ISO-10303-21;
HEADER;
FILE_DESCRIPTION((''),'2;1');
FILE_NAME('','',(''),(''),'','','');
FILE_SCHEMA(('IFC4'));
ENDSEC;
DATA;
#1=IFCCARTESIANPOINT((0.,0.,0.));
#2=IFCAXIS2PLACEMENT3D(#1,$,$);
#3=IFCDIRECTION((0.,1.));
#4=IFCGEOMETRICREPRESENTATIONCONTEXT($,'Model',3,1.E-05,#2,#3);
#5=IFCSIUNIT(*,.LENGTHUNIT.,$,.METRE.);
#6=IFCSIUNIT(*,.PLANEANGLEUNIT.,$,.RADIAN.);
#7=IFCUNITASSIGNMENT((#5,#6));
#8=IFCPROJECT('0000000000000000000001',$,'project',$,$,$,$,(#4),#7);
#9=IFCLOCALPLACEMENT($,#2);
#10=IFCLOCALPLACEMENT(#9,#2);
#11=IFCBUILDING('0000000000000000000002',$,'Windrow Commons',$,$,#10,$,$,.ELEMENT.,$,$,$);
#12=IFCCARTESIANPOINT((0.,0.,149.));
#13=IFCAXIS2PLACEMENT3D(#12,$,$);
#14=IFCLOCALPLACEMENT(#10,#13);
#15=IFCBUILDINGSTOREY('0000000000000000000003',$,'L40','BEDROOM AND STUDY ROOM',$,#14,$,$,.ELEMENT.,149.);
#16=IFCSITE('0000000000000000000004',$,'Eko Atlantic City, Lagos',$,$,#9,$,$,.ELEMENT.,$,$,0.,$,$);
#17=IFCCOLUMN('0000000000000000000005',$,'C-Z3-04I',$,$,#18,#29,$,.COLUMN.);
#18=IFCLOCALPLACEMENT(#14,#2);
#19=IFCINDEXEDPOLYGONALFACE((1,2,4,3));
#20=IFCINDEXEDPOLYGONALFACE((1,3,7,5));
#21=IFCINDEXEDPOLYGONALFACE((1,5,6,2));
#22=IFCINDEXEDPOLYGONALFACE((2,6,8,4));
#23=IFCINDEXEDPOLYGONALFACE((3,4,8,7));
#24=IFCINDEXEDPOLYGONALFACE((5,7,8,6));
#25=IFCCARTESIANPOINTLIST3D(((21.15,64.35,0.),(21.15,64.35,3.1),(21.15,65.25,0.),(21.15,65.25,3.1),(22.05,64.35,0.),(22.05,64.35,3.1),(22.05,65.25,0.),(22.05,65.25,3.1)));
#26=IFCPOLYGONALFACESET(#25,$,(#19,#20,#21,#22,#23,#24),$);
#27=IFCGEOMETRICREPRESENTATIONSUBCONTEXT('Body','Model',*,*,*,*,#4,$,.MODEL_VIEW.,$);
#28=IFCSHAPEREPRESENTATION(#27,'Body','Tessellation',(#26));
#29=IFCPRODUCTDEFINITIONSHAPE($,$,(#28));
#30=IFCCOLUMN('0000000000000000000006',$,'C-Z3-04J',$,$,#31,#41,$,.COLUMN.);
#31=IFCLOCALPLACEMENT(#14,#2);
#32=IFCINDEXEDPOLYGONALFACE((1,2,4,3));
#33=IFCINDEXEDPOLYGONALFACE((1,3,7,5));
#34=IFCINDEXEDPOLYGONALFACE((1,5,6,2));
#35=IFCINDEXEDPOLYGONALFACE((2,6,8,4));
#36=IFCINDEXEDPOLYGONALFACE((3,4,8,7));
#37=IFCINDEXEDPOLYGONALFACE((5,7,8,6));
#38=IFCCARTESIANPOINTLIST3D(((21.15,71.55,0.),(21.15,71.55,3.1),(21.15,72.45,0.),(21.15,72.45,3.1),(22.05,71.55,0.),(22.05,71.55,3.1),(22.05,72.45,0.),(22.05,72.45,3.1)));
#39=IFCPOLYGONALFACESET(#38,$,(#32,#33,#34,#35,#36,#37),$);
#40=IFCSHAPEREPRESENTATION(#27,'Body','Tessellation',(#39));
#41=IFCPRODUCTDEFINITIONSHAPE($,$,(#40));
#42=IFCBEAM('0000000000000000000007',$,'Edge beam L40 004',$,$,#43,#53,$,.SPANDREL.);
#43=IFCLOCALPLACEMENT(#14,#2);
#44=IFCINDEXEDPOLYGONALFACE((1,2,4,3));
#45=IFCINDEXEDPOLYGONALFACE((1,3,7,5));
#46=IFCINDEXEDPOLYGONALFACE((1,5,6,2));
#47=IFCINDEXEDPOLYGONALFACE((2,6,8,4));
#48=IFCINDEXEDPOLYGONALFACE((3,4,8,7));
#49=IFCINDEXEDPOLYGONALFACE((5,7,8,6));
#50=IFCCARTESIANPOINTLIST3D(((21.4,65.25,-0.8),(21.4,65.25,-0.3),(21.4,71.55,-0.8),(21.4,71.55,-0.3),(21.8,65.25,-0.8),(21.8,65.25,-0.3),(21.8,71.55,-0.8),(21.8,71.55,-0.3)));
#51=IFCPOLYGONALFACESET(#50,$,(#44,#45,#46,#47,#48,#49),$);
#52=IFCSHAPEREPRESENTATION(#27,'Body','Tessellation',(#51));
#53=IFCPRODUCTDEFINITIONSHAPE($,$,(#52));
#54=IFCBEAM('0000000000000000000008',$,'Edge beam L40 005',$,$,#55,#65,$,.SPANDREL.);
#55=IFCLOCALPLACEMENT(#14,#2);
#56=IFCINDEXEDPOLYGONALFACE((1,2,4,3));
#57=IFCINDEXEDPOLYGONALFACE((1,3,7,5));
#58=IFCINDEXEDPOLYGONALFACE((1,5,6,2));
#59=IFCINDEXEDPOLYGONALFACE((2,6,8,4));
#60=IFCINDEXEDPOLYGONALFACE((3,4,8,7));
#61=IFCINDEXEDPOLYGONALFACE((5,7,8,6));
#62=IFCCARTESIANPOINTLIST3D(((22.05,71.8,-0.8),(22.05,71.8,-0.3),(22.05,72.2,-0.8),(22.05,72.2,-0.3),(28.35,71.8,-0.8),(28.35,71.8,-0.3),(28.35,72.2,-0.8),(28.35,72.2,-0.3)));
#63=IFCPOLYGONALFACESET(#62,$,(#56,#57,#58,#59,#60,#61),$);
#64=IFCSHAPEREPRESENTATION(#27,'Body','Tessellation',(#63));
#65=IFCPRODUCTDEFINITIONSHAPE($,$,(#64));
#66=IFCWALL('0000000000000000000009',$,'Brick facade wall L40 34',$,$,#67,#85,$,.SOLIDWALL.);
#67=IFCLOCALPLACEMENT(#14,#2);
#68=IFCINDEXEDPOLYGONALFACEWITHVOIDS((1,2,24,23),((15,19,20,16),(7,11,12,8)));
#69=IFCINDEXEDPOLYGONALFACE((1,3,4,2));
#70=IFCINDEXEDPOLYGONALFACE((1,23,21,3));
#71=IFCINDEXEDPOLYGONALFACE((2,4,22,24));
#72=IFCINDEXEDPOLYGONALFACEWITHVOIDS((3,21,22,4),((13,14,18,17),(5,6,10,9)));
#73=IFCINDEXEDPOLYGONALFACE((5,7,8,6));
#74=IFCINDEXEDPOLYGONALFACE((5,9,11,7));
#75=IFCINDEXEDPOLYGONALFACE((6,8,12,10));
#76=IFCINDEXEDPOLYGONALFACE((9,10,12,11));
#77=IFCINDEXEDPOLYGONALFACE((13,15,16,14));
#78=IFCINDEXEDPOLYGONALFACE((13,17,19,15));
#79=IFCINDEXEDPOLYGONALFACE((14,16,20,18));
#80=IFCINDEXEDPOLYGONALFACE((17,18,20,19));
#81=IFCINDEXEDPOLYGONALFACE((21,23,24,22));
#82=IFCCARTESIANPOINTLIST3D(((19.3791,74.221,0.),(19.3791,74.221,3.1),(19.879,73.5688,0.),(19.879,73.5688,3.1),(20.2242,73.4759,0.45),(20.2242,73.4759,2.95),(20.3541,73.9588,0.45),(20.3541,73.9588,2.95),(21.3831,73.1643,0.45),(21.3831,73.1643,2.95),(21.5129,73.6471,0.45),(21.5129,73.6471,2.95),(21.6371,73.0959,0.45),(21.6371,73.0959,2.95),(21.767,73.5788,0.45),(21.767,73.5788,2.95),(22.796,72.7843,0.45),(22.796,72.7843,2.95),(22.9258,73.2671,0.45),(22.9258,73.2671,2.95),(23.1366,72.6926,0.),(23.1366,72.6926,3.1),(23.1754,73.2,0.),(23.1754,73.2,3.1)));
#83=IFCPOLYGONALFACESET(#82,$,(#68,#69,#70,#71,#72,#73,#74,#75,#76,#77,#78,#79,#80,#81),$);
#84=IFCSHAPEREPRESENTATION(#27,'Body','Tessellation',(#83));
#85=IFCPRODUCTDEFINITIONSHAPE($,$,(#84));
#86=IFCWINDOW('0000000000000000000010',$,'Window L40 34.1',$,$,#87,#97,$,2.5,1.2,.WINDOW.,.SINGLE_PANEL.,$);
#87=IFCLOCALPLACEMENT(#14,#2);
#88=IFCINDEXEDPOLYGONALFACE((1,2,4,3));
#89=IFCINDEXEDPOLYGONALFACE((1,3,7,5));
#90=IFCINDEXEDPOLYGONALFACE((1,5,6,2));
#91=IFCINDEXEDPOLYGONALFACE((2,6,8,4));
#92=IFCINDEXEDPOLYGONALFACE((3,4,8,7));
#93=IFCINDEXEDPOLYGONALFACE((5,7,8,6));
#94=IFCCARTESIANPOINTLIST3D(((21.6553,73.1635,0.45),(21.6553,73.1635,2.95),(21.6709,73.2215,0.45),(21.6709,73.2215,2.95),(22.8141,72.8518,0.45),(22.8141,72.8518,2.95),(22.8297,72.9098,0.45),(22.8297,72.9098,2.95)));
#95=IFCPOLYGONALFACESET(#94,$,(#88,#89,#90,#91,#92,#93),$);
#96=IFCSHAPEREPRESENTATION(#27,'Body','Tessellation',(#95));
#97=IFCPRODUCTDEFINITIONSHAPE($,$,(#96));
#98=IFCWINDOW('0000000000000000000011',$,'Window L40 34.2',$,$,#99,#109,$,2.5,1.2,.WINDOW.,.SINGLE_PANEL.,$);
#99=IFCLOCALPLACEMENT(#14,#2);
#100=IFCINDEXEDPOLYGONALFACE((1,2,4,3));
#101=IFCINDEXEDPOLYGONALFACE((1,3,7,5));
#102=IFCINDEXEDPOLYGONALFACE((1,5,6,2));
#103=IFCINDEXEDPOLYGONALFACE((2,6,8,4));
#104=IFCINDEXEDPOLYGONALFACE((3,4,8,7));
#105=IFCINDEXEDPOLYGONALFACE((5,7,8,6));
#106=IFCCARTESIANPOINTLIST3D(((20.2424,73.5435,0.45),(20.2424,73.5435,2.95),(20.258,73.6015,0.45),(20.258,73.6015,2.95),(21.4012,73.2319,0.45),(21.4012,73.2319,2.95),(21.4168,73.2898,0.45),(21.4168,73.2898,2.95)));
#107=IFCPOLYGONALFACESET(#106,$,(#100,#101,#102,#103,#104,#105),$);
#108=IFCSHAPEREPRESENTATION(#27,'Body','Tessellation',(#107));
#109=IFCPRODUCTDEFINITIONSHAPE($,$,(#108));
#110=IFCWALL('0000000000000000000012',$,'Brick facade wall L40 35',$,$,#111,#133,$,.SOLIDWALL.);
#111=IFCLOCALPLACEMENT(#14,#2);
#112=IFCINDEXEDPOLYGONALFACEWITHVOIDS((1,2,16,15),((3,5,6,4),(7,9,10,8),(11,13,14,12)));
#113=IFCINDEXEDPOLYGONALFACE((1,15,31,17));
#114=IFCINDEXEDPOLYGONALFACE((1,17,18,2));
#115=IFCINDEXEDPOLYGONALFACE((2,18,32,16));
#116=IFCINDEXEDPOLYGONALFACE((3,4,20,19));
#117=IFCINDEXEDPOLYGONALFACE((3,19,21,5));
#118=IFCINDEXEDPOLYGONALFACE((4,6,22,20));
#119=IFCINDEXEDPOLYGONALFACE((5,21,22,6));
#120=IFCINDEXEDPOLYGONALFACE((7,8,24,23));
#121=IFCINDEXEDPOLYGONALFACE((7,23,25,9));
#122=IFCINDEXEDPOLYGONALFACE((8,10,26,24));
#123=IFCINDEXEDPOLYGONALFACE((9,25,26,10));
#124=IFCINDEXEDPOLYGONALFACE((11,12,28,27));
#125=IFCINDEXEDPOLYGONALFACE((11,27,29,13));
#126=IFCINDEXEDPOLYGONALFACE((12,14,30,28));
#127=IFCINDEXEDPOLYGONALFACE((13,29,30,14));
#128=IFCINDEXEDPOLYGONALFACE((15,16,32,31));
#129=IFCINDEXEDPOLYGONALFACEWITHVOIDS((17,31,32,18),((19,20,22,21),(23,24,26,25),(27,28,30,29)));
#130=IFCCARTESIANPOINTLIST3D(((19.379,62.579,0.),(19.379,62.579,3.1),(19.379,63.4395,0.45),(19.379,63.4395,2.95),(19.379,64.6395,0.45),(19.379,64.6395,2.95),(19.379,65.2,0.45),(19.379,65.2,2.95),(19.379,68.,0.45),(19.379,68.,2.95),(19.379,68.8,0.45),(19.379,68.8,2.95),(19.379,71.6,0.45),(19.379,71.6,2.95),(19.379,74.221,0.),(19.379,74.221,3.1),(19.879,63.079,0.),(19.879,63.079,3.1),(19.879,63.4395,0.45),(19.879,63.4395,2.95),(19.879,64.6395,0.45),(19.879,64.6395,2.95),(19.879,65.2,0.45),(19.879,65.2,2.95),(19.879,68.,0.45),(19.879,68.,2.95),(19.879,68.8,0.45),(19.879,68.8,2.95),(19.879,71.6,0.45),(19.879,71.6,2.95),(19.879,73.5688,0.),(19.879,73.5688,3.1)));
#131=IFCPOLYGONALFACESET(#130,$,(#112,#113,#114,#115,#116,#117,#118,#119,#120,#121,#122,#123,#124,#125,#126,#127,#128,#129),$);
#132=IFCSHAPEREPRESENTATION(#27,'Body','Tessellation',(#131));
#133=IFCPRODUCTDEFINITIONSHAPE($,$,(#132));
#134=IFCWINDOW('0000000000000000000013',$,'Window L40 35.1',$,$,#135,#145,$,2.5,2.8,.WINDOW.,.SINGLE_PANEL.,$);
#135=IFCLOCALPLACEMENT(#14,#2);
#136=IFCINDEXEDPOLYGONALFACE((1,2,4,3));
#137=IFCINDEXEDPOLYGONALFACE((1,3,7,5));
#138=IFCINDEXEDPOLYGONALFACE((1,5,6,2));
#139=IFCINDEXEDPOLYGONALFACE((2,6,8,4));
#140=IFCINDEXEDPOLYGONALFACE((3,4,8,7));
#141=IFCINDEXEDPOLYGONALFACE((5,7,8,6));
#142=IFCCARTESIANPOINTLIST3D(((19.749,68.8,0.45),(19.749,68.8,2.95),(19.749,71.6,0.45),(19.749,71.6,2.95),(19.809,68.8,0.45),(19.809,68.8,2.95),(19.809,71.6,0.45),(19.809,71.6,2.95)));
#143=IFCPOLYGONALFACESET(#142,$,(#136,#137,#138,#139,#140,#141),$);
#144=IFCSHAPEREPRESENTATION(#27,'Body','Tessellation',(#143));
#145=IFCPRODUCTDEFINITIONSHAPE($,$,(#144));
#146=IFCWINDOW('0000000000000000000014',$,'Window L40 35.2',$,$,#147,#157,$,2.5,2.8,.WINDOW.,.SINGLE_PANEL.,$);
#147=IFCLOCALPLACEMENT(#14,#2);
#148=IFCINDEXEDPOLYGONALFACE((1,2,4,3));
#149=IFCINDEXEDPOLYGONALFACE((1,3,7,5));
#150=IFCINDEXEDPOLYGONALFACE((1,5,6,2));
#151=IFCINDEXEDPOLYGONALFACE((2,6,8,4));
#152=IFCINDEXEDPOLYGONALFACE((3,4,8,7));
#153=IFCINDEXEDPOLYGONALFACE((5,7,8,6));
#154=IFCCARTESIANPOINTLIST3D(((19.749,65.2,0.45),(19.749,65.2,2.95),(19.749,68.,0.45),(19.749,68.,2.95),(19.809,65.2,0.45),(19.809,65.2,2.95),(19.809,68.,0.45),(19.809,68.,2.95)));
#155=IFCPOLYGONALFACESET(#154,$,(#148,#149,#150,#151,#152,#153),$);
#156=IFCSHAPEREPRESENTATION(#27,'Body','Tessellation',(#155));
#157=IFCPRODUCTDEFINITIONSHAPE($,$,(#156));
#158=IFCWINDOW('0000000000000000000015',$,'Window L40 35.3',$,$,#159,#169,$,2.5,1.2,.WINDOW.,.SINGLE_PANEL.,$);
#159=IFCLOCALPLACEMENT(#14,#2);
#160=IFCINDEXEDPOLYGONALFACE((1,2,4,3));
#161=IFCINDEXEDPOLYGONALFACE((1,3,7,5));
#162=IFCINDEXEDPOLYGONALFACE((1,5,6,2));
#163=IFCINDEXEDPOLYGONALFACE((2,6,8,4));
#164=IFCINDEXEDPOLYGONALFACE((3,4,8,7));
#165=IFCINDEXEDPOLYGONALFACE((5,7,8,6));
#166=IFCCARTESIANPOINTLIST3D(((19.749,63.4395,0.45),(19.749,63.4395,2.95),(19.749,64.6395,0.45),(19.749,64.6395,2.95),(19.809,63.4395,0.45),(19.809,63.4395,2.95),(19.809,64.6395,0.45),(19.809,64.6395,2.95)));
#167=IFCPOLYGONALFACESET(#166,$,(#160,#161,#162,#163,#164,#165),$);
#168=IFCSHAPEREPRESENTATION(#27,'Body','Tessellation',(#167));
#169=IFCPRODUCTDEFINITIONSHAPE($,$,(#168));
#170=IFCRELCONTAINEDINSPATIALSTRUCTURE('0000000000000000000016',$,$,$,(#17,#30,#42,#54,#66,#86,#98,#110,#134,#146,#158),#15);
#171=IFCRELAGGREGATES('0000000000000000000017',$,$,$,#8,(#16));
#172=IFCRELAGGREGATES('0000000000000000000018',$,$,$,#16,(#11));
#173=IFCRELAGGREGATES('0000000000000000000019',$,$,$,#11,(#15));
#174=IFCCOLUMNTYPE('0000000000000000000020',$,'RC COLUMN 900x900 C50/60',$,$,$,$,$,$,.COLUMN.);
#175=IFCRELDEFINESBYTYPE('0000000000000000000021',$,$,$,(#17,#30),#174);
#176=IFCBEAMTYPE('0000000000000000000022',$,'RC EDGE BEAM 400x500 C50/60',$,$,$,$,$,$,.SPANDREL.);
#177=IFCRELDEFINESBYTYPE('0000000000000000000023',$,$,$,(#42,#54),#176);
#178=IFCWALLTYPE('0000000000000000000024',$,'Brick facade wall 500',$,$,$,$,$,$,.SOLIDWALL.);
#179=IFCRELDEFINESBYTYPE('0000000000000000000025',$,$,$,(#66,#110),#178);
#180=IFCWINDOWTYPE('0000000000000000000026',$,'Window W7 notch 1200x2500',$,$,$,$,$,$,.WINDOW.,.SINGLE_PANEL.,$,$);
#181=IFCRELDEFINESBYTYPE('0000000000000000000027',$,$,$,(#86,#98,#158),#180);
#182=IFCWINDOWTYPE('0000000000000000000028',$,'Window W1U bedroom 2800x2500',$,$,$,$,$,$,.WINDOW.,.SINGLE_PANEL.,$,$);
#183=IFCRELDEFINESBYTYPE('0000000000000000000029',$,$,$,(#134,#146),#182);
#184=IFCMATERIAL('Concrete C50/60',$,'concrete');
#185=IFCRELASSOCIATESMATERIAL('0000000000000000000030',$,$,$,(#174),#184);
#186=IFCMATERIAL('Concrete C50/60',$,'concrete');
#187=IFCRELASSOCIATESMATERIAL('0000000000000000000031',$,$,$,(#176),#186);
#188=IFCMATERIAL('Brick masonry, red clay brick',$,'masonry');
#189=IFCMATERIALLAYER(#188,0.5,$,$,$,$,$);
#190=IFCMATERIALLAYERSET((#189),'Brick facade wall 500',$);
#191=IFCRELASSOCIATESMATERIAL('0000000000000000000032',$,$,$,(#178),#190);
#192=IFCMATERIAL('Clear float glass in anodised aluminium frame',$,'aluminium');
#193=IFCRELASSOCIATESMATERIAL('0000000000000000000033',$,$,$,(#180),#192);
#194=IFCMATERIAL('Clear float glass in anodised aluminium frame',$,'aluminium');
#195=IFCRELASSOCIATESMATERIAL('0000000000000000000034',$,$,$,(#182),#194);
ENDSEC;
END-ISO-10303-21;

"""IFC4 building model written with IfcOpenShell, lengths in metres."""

from ifc_helpers import new_model, si_unit, direction, frame, frame_2d, origin, origin_2d, place, context, subcontext, project, spatial, polyline, rectangle, outline, extrude, material, layer, layer_set, material_profile, profile_set, type_object, element, fill, save


model = new_model("IFC4")

# Units and contexts
model_context = context("Model", 3, precision=1e-05, world=origin(), true_north=direction((0.0, 1.0)))
body_context = subcontext(model_context, "Body", "Model", "MODEL_VIEW")
ifc_project = project(units=[si_unit("LENGTHUNIT", "METRE"), si_unit("PLANEANGLEUNIT", "RADIAN")], contexts=[model_context])

# Site, building, storey
site_placement = place(None, origin())
site = spatial("IfcSite", under=ifc_project, at=site_placement, Name="Eko Atlantic City, Lagos", CompositionType="ELEMENT", RefElevation=0.0)
building_placement = place(site_placement, origin())
building = spatial("IfcBuilding", under=site, at=building_placement, Name="Windrow Commons", CompositionType="ELEMENT")
storey_placement = place(building_placement, frame((0.0, 0.0, 149.0)))
storey = spatial("IfcBuildingStorey", under=building, at=storey_placement, Name="L40", Description="BEDROOM AND STUDY ROOM", CompositionType="ELEMENT", Elevation=149.0)

# Columns
ifc_material_1 = material(Name="Concrete C50/60", Category="concrete")
ifc_material_profile_1 = material_profile(ifc_material_1, rectangle(XDim=0.9, YDim=0.9, at=origin_2d()))
ifc_profile_set_1 = profile_set([ifc_material_profile_1], Name="Concrete C50/60")
column_type = type_object("IfcColumnType", Name="RC COLUMN 900x900 C50/60", PredefinedType="COLUMN", material=ifc_profile_set_1)
for number, where, z_axis, x_axis, name in (
    (1, (21.6, 64.8, 0.0), (0.0, 0.0, 1.0), (1.0, 0.0, 0.0), "C-Z3-04I"),
    (2, (21.6, 72.0, 0.0), (0.0, 0.0, 1.0), (1.0, 0.0, 0.0), "C-Z3-04J"),
):
    element("IfcColumn", number, at=place(storey_placement, frame(where, z_axis=z_axis, x_axis=x_axis)), inside=storey, type_object=column_type, Name=name, PredefinedType="COLUMN", context=body_context, shape_type="SweptSolid", body=[
        extrude(rectangle(XDim=0.9, YDim=0.9, at=origin_2d()), origin(), (0.0, 0.0, 1.0), 3.1),
    ])

# Beams
ifc_material_2 = material(Name="Concrete C50/60", Category="concrete")
ifc_material_profile_2 = material_profile(ifc_material_2, rectangle(XDim=0.4, YDim=0.5, at=origin_2d()))
ifc_profile_set_2 = profile_set([ifc_material_profile_2], Name="Concrete C50/60")
beam_type = type_object("IfcBeamType", Name="RC EDGE BEAM 400x500 C50/60", PredefinedType="SPANDREL", material=ifc_profile_set_2)
for number, where, z_axis, x_axis, name in (
    (3, (21.6, 65.25, -0.55), (0.0, 1.0, 0.0), (-1.0, 0.0, 0.0), "Edge beam L40 004"),
    (4, (22.05, 72.0, -0.55), (1.0, 0.0, 0.0), (0.0, 1.0, 0.0), "Edge beam L40 005"),
):
    element("IfcBeam", number, at=place(storey_placement, frame(where, z_axis=z_axis, x_axis=x_axis)), inside=storey, type_object=beam_type, Name=name, PredefinedType="SPANDREL", context=body_context, shape_type="SweptSolid", body=[
        extrude(rectangle(XDim=0.4, YDim=0.5, at=origin_2d()), origin(), (0.0, 0.0, 1.0), 6.3),
    ])

# Walls, openings, windows
ifc_material_3 = material(Name="Brick masonry, red clay brick", Category="masonry")
ifc_layer_1 = layer(ifc_material_3, 0.5)
ifc_layer_set_1 = layer_set([ifc_layer_1], Name="Brick facade wall 500")
wall_type_1 = type_object("IfcWallType", Name="Brick facade wall 500", PredefinedType="SOLIDWALL", material=ifc_layer_set_1)
wall_1_placement = place(storey_placement, frame((23.156, 72.9463, 0.0), z_axis=(0.0, 0.0, 1.0), x_axis=(-0.965683, 0.259724, 0.0)))
wall_1 = element("IfcWall", 5, at=wall_1_placement, inside=storey, type_object=wall_type_1, Name="Brick facade wall L40 34", PredefinedType="SOLIDWALL", context=body_context, shape_type="SweptSolid", body=[
    extrude(outline(polyline([(0.0472, -0.25), (3.9784, -0.25), (3.3262, 0.25), (-0.0472, 0.25), (0.0472, -0.25)])), origin(), (0.0, 0.0, 1.0), 3.1),
])
opening_1_placement = place(wall_1_placement, frame((0.3056, 0.0, 0.45)))
opening_1 = element("IfcOpeningElement", 6, at=opening_1_placement, cuts=wall_1, PredefinedType="OPENING", context=body_context, shape_type="SweptSolid", body=[
    extrude(rectangle(XDim=1.2, YDim=2.5, at=frame_2d((0.6, 1.25))), frame((0.0, 0.26, 0.0), z_axis=(0.0, -1.0, 0.0), x_axis=(1.0, 0.0, 0.0)), (0.0, 0.0, 1.0), 0.52),
])
opening_2_placement = place(wall_1_placement, frame((1.7687, 0.0, 0.45)))
opening_2 = element("IfcOpeningElement", 7, at=opening_2_placement, cuts=wall_1, PredefinedType="OPENING", context=body_context, shape_type="SweptSolid", body=[
    extrude(rectangle(XDim=1.2, YDim=2.5, at=frame_2d((0.6, 1.25))), frame((0.0, 0.26, 0.0), z_axis=(0.0, -1.0, 0.0), x_axis=(1.0, 0.0, 0.0)), (0.0, 0.0, 1.0), 0.52),
])
ifc_material_4 = material(Name="Clear float glass in anodised aluminium frame", Category="aluminium")
window_type_1 = type_object("IfcWindowType", Name="Window W7 notch 1200x2500", PartitioningType="SINGLE_PANEL", PredefinedType="WINDOW", material=ifc_material_4)
window_1_placement = place(opening_1_placement, origin())
window_1 = element("IfcWindow", 8, at=window_1_placement, inside=storey, type_object=window_type_1, Name="Window L40 34.1", OverallHeight=2.5, OverallWidth=1.2, PartitioningType="SINGLE_PANEL", PredefinedType="WINDOW", context=body_context, shape_type="SweptSolid", body=[
    extrude(rectangle(XDim=1.2, YDim=2.5, at=frame_2d((0.6, 1.25))), frame((0.0, 0.18, 0.0), z_axis=(0.0, -1.0, 0.0), x_axis=(1.0, 0.0, 0.0)), (0.0, 0.0, 1.0), 0.06),
])
fill(opening_1, window_1)
window_2_placement = place(opening_2_placement, origin())
window_2 = element("IfcWindow", 9, at=window_2_placement, inside=storey, type_object=window_type_1, Name="Window L40 34.2", OverallHeight=2.5, OverallWidth=1.2, PartitioningType="SINGLE_PANEL", PredefinedType="WINDOW", context=body_context, shape_type="SweptSolid", body=[
    extrude(rectangle(XDim=1.2, YDim=2.5, at=frame_2d((0.6, 1.25))), frame((0.0, 0.18, 0.0), z_axis=(0.0, -1.0, 0.0), x_axis=(1.0, 0.0, 0.0)), (0.0, 0.0, 1.0), 0.06),
])
fill(opening_2, window_2)
wall_2_placement = place(storey_placement, frame((19.629, 73.8949, 0.0), z_axis=(0.0, 0.0, 1.0), x_axis=(0.0, -1.0, 0.0)))
wall_2 = element("IfcWall", 10, at=wall_2_placement, inside=storey, type_object=wall_type_1, Name="Brick facade wall L40 35", PredefinedType="SOLIDWALL", context=body_context, shape_type="SweptSolid", body=[
    extrude(outline(polyline([(-0.3261, -0.25), (11.3159, -0.25), (10.8159, 0.25), (0.3261, 0.25), (-0.3261, -0.25)])), origin(), (0.0, 0.0, 1.0), 3.1),
])
opening_3_placement = place(wall_2_placement, frame((2.2949, 0.0, 0.45)))
opening_3 = element("IfcOpeningElement", 11, at=opening_3_placement, cuts=wall_2, PredefinedType="OPENING", context=body_context, shape_type="SweptSolid", body=[
    extrude(rectangle(XDim=2.8, YDim=2.5, at=frame_2d((1.4, 1.25))), frame((0.0, 0.26, 0.0), z_axis=(0.0, -1.0, 0.0), x_axis=(1.0, 0.0, 0.0)), (0.0, 0.0, 1.0), 0.52),
])
opening_4_placement = place(wall_2_placement, frame((5.8949, 0.0, 0.45)))
opening_4 = element("IfcOpeningElement", 12, at=opening_4_placement, cuts=wall_2, PredefinedType="OPENING", context=body_context, shape_type="SweptSolid", body=[
    extrude(rectangle(XDim=2.8, YDim=2.5, at=frame_2d((1.4, 1.25))), frame((0.0, 0.26, 0.0), z_axis=(0.0, -1.0, 0.0), x_axis=(1.0, 0.0, 0.0)), (0.0, 0.0, 1.0), 0.52),
])
opening_5_placement = place(wall_2_placement, frame((9.2554, 0.0, 0.45)))
opening_5 = element("IfcOpeningElement", 13, at=opening_5_placement, cuts=wall_2, PredefinedType="OPENING", context=body_context, shape_type="SweptSolid", body=[
    extrude(rectangle(XDim=1.2, YDim=2.5, at=frame_2d((0.6, 1.25))), frame((0.0, 0.26, 0.0), z_axis=(0.0, -1.0, 0.0), x_axis=(1.0, 0.0, 0.0)), (0.0, 0.0, 1.0), 0.52),
])
ifc_material_5 = material(Name="Clear float glass in anodised aluminium frame", Category="aluminium")
window_type_2 = type_object("IfcWindowType", Name="Window W1U bedroom 2800x2500", PartitioningType="SINGLE_PANEL", PredefinedType="WINDOW", material=ifc_material_5)
window_3_placement = place(opening_3_placement, origin())
window_3 = element("IfcWindow", 14, at=window_3_placement, inside=storey, type_object=window_type_2, Name="Window L40 35.1", OverallHeight=2.5, OverallWidth=2.8, PartitioningType="SINGLE_PANEL", PredefinedType="WINDOW", context=body_context, shape_type="SweptSolid", body=[
    extrude(rectangle(XDim=2.8, YDim=2.5, at=frame_2d((1.4, 1.25))), frame((0.0, 0.18, 0.0), z_axis=(0.0, -1.0, 0.0), x_axis=(1.0, 0.0, 0.0)), (0.0, 0.0, 1.0), 0.06),
])
fill(opening_3, window_3)
window_4_placement = place(opening_4_placement, origin())
window_4 = element("IfcWindow", 15, at=window_4_placement, inside=storey, type_object=window_type_2, Name="Window L40 35.2", OverallHeight=2.5, OverallWidth=2.8, PartitioningType="SINGLE_PANEL", PredefinedType="WINDOW", context=body_context, shape_type="SweptSolid", body=[
    extrude(rectangle(XDim=2.8, YDim=2.5, at=frame_2d((1.4, 1.25))), frame((0.0, 0.18, 0.0), z_axis=(0.0, -1.0, 0.0), x_axis=(1.0, 0.0, 0.0)), (0.0, 0.0, 1.0), 0.06),
])
fill(opening_4, window_4)
window_5_placement = place(opening_5_placement, origin())
window_5 = element("IfcWindow", 16, at=window_5_placement, inside=storey, type_object=window_type_1, Name="Window L40 35.3", OverallHeight=2.5, OverallWidth=1.2, PartitioningType="SINGLE_PANEL", PredefinedType="WINDOW", context=body_context, shape_type="SweptSolid", body=[
    extrude(rectangle(XDim=1.2, YDim=2.5, at=frame_2d((0.6, 1.25))), frame((0.0, 0.18, 0.0), z_axis=(0.0, -1.0, 0.0), x_axis=(1.0, 0.0, 0.0)), (0.0, 0.0, 1.0), 0.06),
])
fill(opening_5, window_5)

save(model, "model.ifc")
